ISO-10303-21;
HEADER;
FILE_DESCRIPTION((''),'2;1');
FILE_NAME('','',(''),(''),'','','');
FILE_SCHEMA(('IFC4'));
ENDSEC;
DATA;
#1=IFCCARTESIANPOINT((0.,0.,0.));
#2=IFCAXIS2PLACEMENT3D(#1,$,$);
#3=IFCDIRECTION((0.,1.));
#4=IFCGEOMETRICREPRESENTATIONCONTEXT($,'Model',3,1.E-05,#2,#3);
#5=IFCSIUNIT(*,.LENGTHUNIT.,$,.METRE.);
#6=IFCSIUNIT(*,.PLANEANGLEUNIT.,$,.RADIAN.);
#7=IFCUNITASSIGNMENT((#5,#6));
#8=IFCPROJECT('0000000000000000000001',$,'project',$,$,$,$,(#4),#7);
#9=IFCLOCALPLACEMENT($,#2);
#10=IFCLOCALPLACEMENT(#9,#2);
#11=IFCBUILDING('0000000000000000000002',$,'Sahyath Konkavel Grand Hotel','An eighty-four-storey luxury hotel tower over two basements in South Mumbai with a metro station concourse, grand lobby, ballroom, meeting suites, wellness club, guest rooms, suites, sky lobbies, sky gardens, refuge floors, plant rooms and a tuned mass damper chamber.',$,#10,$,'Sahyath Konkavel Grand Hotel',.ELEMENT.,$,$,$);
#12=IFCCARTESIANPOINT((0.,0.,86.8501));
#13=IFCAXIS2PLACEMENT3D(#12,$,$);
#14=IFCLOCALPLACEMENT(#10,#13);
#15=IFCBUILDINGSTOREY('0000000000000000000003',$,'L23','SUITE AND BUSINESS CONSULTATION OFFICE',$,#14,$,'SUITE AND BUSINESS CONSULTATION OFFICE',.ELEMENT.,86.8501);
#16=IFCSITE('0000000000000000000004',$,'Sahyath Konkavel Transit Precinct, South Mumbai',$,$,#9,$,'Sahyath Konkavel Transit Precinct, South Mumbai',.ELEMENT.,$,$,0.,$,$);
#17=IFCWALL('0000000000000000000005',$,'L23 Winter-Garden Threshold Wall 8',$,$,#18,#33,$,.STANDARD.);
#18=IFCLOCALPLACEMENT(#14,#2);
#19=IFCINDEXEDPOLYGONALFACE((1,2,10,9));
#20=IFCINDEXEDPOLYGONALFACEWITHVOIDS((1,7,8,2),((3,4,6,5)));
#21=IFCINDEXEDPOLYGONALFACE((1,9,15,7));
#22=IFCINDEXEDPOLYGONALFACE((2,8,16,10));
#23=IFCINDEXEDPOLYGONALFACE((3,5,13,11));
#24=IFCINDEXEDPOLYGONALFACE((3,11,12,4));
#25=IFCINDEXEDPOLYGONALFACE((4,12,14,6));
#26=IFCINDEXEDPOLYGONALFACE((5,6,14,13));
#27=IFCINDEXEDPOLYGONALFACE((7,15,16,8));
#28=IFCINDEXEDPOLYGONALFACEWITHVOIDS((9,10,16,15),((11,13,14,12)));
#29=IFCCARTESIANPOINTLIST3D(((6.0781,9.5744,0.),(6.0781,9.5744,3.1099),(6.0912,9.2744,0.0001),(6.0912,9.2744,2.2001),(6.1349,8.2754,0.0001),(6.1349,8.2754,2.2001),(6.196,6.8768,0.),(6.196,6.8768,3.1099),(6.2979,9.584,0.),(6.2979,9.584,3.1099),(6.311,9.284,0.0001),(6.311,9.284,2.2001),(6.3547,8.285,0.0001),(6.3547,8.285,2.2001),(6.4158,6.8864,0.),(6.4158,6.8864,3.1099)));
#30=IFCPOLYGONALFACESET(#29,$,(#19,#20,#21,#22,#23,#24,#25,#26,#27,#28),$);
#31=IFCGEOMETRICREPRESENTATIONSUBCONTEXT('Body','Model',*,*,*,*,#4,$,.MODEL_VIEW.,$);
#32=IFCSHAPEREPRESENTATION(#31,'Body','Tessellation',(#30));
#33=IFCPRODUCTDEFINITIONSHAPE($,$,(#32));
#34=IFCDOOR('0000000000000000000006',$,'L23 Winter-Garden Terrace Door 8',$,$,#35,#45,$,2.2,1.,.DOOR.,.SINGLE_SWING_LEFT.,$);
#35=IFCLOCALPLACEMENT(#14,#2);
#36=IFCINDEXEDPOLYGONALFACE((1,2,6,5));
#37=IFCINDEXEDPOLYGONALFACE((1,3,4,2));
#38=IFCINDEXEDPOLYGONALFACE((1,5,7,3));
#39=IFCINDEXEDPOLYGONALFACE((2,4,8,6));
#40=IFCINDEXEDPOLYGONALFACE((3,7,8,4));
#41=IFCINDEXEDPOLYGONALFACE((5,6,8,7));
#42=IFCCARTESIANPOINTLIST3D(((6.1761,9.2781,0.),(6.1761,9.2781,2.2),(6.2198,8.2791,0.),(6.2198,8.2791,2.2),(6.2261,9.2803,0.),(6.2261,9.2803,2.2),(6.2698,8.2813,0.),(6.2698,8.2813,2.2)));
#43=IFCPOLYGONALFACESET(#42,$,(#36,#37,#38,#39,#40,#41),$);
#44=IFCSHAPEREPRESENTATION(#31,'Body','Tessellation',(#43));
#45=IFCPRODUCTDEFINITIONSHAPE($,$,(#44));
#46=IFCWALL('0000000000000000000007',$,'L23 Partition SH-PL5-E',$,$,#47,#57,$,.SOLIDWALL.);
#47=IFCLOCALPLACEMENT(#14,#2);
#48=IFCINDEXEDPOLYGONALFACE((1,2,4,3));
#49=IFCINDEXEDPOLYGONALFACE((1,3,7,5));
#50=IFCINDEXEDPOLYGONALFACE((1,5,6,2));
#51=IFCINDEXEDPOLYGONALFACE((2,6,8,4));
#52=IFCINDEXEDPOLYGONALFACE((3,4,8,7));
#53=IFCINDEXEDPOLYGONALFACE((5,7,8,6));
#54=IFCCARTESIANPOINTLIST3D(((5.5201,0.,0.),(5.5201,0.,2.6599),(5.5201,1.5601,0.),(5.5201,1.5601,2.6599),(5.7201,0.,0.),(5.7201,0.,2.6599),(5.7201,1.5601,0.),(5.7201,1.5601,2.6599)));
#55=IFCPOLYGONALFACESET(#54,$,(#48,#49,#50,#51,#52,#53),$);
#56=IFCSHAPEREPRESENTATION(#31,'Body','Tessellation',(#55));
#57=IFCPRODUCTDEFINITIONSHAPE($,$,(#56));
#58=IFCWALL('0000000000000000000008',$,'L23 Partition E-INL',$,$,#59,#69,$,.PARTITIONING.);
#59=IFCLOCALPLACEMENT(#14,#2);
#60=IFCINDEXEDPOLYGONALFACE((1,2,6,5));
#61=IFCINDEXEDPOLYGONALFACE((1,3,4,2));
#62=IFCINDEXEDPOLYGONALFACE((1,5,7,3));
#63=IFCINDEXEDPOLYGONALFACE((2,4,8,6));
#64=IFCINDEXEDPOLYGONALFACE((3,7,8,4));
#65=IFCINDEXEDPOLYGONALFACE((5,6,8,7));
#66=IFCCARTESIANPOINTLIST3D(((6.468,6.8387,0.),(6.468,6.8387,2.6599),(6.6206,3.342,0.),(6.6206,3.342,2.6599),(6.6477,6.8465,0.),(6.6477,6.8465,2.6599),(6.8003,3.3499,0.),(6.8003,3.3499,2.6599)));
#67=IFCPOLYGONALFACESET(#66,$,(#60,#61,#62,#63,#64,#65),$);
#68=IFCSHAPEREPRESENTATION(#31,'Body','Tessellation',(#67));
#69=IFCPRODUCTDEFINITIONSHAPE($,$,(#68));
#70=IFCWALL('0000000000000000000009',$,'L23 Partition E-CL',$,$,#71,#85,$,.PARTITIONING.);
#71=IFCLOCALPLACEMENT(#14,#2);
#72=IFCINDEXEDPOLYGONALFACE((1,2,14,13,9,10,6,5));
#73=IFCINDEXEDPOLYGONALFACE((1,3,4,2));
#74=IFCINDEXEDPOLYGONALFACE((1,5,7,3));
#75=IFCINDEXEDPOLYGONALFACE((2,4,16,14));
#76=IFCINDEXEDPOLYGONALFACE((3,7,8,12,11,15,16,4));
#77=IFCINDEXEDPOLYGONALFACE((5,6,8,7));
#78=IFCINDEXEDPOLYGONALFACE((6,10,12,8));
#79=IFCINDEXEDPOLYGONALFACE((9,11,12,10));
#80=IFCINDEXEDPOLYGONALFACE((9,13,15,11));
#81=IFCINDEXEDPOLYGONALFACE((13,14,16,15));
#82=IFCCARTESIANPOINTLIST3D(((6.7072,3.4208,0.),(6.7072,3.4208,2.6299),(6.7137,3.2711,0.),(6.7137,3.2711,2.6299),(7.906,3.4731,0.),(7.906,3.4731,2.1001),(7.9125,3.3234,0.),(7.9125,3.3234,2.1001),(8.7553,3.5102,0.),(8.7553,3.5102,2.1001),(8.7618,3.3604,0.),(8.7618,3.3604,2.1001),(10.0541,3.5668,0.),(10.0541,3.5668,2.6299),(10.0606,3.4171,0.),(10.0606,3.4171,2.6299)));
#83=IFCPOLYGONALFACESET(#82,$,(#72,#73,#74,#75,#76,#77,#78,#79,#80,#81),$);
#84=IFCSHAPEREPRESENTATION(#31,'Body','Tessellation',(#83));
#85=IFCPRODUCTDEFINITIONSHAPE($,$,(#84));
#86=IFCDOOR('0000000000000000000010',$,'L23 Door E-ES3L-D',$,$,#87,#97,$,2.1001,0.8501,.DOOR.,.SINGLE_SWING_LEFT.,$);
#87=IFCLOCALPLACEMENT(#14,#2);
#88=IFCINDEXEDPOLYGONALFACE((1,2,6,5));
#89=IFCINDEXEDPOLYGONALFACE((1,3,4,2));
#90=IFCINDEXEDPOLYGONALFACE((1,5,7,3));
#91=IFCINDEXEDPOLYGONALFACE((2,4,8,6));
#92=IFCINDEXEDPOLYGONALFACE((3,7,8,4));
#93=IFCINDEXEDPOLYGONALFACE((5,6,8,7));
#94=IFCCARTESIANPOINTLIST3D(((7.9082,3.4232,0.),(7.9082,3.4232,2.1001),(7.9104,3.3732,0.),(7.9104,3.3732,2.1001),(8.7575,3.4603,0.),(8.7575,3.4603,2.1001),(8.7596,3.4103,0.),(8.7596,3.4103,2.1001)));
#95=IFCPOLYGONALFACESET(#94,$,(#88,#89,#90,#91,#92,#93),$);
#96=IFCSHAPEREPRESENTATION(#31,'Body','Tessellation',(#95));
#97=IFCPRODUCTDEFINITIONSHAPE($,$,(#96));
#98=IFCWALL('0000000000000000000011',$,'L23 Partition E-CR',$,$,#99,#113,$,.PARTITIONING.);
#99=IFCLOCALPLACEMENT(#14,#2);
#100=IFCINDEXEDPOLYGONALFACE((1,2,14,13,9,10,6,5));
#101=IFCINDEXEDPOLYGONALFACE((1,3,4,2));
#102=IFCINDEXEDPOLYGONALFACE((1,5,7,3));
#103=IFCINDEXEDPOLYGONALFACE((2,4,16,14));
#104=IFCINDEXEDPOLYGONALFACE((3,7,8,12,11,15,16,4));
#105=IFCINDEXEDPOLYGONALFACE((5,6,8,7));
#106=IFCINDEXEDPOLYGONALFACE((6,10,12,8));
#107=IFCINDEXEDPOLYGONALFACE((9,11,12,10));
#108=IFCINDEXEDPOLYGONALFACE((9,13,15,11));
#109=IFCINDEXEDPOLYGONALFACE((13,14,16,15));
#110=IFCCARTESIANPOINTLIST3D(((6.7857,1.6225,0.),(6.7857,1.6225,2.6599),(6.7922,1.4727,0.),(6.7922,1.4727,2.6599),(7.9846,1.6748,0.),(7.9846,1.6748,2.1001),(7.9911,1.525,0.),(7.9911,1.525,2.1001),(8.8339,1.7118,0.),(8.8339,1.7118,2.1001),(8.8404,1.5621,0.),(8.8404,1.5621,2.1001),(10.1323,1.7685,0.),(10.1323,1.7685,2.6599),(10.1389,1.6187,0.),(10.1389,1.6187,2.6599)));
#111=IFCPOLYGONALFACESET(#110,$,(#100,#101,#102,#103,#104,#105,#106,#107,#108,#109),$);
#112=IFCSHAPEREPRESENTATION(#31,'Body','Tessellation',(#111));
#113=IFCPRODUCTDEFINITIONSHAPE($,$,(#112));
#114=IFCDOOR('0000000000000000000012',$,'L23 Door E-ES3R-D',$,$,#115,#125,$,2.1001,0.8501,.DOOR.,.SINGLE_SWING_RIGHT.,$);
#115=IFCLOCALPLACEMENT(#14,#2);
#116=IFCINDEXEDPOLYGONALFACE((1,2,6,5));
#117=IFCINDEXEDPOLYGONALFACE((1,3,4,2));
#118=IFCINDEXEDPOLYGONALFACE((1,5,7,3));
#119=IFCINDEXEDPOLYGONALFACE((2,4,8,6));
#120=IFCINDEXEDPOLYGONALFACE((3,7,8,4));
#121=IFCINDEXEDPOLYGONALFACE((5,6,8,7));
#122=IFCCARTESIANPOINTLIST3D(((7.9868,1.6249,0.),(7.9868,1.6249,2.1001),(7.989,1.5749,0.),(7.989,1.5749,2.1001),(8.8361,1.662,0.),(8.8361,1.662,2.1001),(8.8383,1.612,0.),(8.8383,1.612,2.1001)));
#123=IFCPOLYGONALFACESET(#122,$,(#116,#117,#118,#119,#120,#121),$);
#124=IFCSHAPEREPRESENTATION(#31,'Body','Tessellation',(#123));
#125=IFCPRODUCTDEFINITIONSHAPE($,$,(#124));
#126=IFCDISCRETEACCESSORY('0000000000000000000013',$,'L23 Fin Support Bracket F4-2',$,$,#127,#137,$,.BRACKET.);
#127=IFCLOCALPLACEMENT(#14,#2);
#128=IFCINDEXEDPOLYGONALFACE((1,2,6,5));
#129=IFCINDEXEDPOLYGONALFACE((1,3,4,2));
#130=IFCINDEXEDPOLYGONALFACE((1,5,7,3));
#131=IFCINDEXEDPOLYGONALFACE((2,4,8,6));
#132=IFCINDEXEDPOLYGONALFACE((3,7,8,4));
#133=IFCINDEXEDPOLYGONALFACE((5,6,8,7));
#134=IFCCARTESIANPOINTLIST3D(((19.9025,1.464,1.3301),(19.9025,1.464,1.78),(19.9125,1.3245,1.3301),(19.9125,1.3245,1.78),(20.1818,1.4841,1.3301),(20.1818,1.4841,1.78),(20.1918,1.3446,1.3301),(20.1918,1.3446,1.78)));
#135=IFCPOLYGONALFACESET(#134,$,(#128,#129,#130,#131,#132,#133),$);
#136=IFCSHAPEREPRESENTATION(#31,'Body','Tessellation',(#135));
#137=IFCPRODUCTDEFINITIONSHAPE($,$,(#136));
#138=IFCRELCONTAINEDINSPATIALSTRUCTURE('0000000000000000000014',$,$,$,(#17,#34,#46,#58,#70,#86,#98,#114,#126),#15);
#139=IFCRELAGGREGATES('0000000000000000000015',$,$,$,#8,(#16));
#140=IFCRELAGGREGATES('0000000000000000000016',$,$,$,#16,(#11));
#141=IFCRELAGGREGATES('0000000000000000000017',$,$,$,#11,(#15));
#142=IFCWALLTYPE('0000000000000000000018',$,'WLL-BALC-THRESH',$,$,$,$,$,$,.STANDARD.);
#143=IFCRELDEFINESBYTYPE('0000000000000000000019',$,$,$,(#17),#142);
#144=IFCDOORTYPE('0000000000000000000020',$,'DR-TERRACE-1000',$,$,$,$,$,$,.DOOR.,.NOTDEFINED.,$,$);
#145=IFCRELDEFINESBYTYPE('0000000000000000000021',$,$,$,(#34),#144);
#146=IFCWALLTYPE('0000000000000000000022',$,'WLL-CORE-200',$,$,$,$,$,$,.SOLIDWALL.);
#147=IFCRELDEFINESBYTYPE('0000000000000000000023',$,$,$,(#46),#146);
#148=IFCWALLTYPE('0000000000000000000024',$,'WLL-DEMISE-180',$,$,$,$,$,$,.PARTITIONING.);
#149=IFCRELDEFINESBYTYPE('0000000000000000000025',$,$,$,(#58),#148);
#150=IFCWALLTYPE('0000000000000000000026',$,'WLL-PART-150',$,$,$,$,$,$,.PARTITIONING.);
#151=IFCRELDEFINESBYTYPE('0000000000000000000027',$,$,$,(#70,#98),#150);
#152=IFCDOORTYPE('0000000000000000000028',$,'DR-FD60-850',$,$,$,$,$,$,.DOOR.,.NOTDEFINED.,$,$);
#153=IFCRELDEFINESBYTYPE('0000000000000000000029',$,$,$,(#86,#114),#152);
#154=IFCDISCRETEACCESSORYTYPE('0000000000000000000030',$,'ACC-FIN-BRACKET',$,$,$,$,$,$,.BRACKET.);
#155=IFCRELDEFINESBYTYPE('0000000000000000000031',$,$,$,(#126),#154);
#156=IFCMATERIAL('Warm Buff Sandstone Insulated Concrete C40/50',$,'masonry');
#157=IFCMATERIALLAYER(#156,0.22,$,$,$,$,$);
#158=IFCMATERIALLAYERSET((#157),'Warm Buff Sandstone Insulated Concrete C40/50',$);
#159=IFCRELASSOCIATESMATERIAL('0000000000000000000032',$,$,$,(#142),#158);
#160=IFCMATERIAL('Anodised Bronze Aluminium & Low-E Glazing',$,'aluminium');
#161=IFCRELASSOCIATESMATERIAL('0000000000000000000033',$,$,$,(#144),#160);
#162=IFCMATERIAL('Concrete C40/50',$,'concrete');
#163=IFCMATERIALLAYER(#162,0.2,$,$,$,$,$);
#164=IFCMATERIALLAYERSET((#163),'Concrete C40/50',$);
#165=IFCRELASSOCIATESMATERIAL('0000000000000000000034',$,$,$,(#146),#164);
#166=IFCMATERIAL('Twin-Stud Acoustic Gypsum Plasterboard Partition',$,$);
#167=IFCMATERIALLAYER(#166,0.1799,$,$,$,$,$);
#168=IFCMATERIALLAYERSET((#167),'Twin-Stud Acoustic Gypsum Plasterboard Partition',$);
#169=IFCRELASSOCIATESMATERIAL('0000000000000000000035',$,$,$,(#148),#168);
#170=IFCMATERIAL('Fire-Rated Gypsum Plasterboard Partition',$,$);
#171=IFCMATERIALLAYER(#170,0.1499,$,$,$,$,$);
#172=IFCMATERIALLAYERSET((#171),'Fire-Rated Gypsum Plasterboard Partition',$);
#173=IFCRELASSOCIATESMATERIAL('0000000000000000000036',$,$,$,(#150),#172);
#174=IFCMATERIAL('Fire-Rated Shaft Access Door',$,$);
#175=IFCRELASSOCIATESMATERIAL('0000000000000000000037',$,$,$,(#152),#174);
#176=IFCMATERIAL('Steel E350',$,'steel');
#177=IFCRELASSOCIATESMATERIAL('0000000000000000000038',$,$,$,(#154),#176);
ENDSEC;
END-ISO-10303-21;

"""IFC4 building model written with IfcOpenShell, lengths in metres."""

from ifc_helpers import new_model, si_unit, direction, frame, frame_2d, origin, origin_2d, place, context, subcontext, project, spatial, rectangle, extrude, source, transform, mapped, material, layer, layer_set, type_object, element, fill, save


model = new_model("IFC4")

# Units and contexts
model_context = context("Model", 3, precision=1e-05, world=origin(), true_north=direction((0.0, 1.0)))
body_context = subcontext(model_context, "Body", "Model", "MODEL_VIEW")
ifc_project = project(units=[si_unit("LENGTHUNIT", "METRE"), si_unit("PLANEANGLEUNIT", "RADIAN")], contexts=[model_context])

# Site, building, storey
site_placement = place(None, origin())
site = spatial("IfcSite", under=ifc_project, at=site_placement, Name="Sahyath Konkavel Transit Precinct, South Mumbai", LongName="Sahyath Konkavel Transit Precinct, South Mumbai", CompositionType="ELEMENT", RefElevation=0.0)
building_placement = place(site_placement, origin())
building = spatial("IfcBuilding", under=site, at=building_placement, Name="Sahyath Konkavel Grand Hotel", Description="An eighty-four-storey luxury hotel tower over two basements in South Mumbai with a metro station concourse, grand lobby, ballroom, meeting suites, wellness club, guest rooms, suites, sky lobbies, sky gardens, refuge floors, plant rooms and a tuned mass damper chamber.", LongName="Sahyath Konkavel Grand Hotel", CompositionType="ELEMENT")
storey_placement = place(building_placement, frame((0.0, 0.0, 86.8501)))
storey = spatial("IfcBuildingStorey", under=building, at=storey_placement, Name="L23", Description="SUITE AND BUSINESS CONSULTATION OFFICE", LongName="SUITE AND BUSINESS CONSULTATION OFFICE", CompositionType="ELEMENT", Elevation=86.8501)

# Shared definitions
ifc_material_1 = material(Name="Steel E350", Category="steel")

# Shared definitions
ifc_material_2 = material(Name="Anodised Bronze Aluminium & Low-E Glazing", Category="aluminium")

# Shared definitions
ifc_material_3 = material(Name="Warm Buff Sandstone Insulated Concrete C40/50", Category="masonry")
ifc_layer_1 = layer(ifc_material_3, 0.22)
ifc_layer_set_1 = layer_set([ifc_layer_1], Name="Warm Buff Sandstone Insulated Concrete C40/50")
wall_type_1 = type_object("IfcWallType", Name="WLL-BALC-THRESH", PredefinedType="STANDARD", material=ifc_layer_set_1)

# Wall, opening, door
wall_1_placement = place(storey_placement, frame((6.3059, 6.8816, 0.0), z_axis=(0.0, 0.0, 1.0), x_axis=(-0.043673, 0.999046, 0.0)))
wall_1 = element("IfcWall", 1, at=wall_1_placement, inside=storey, type_object=wall_type_1, Name="L23 Winter-Garden Threshold Wall 8", PredefinedType="STANDARD", context=body_context, shape_type="SweptSolid", body=[
    extrude(rectangle(XDim=2.7002, YDim=0.22, at=frame_2d((1.3501, 0.0))), origin(), (0.0, 0.0, 1.0), 3.1099),
])
opening_1_placement = place(wall_1_placement, frame((1.3999, 0.0, 0.0)))
opening_1 = element("IfcOpeningElement", 2, at=opening_1_placement, cuts=wall_1, PredefinedType="OPENING", context=body_context, shape_type="SweptSolid", body=[
    extrude(rectangle(XDim=1.0, YDim=2.2, at=frame_2d((0.5, 1.1001))), frame((0.0, 0.1201, 0.0), z_axis=(0.0, -1.0, 0.0), x_axis=(1.0, 0.0, 0.0)), (0.0, 0.0, 1.0), 0.24),
])
door_type_1 = type_object("IfcDoorType", Name="DR-TERRACE-1000", OperationType="NOTDEFINED", PredefinedType="DOOR", material=ifc_material_2)
shared_shape_1 = source(origin(), body_context, "Body", "SweptSolid", [
    extrude(rectangle(XDim=1.0, YDim=0.05, at=origin_2d()), origin(), (0.0, 0.0, 1.0), 2.2),
])
door_1_placement = place(opening_1_placement, frame((0.5, 0.0, 0.0)))
door_1 = element("IfcDoor", 3, at=door_1_placement, inside=storey, type_object=door_type_1, Name="L23 Winter-Garden Terrace Door 8", OperationType="SINGLE_SWING_LEFT", OverallHeight=2.2, OverallWidth=1.0, PredefinedType="DOOR", context=body_context, shape_type="MappedRepresentation", body=[
    mapped(shared_shape_1, transform((0.0, 0.0, 0.0), scale=1.0)),
])
fill(opening_1, door_1)

# Walls
ifc_material_4 = material(Name="Concrete C40/50", Category="concrete")
ifc_layer_2 = layer(ifc_material_4, 0.2)
ifc_layer_set_2 = layer_set([ifc_layer_2], Name="Concrete C40/50")
wall_type_2 = type_object("IfcWallType", Name="WLL-CORE-200", PredefinedType="SOLIDWALL", material=ifc_layer_set_2)
wall_2_placement = place(storey_placement, frame((5.6201, 0.0, 0.0), z_axis=(0.0, 0.0, 1.0), x_axis=(0.0, 1.0, 0.0)))
element("IfcWall", 4, at=wall_2_placement, inside=storey, type_object=wall_type_2, Name="L23 Partition SH-PL5-E", PredefinedType="SOLIDWALL", context=body_context, shape_type="SweptSolid", body=[
    extrude(rectangle(XDim=1.5601, YDim=0.2, at=frame_2d((0.78, 0.0))), origin(), (0.0, 0.0, 1.0), 2.6599),
])
ifc_material_5 = material(Name="Twin-Stud Acoustic Gypsum Plasterboard Partition")
ifc_layer_3 = layer(ifc_material_5, 0.1799)
ifc_layer_set_3 = layer_set([ifc_layer_3], Name="Twin-Stud Acoustic Gypsum Plasterboard Partition")
wall_type_3 = type_object("IfcWallType", Name="WLL-DEMISE-180", PredefinedType="PARTITIONING", material=ifc_layer_set_3)
wall_3_placement = place(storey_placement, frame((6.7104, 3.3459, 0.0), z_axis=(0.0, 0.0, 1.0), x_axis=(-0.043598, 0.999049, 0.0)))
element("IfcWall", 5, at=wall_3_placement, inside=storey, type_object=wall_type_3, Name="L23 Partition E-INL", PredefinedType="PARTITIONING", context=body_context, shape_type="SweptSolid", body=[
    extrude(rectangle(XDim=3.5, YDim=0.1799, at=frame_2d((1.75, 0.0))), origin(), (0.0, 0.0, 1.0), 2.6599),
])

# Walls, openings, doors
ifc_material_6 = material(Name="Fire-Rated Gypsum Plasterboard Partition")
ifc_layer_4 = layer(ifc_material_6, 0.1499)
ifc_layer_set_4 = layer_set([ifc_layer_4], Name="Fire-Rated Gypsum Plasterboard Partition")
wall_type_4 = type_object("IfcWallType", Name="WLL-PART-150", PredefinedType="PARTITIONING", material=ifc_layer_set_4)
wall_4_placement = place(storey_placement, frame((6.7104, 3.3459, 0.0), z_axis=(0.0, 0.0, 1.0), x_axis=(0.99905, 0.04358, 0.0)))
wall_4 = element("IfcWall", 6, at=wall_4_placement, inside=storey, type_object=wall_type_4, Name="L23 Partition E-CL", PredefinedType="PARTITIONING", context=body_context, shape_type="SweptSolid", body=[
    extrude(rectangle(XDim=3.3501, YDim=0.1499, at=frame_2d((1.675, 0.0))), origin(), (0.0, 0.0, 1.0), 2.6299),
])
opening_2_placement = place(wall_4_placement, frame((1.2, 0.0, 0.0)))
opening_2 = element("IfcOpeningElement", 7, at=opening_2_placement, cuts=wall_4, PredefinedType="OPENING", context=body_context, shape_type="SweptSolid", body=[
    extrude(rectangle(XDim=0.8501, YDim=2.1001, at=frame_2d((0.425, 1.05))), frame((0.0, 0.085, 0.0), z_axis=(0.0, -1.0, 0.0), x_axis=(1.0, 0.0, 0.0)), (0.0, 0.0, 1.0), 0.1699),
])
ifc_material_7 = material(Name="Fire-Rated Shaft Access Door")
door_type_2 = type_object("IfcDoorType", Name="DR-FD60-850", OperationType="NOTDEFINED", PredefinedType="DOOR", material=ifc_material_7)
shared_shape_2 = source(origin(), body_context, "Body", "SweptSolid", [
    extrude(rectangle(XDim=0.8501, YDim=0.05, at=origin_2d()), origin(), (0.0, 0.0, 1.0), 2.1001),
])
door_2_placement = place(opening_2_placement, frame((0.425, 0.0, 0.0)))
door_2 = element("IfcDoor", 8, at=door_2_placement, inside=storey, type_object=door_type_2, Name="L23 Door E-ES3L-D", OperationType="SINGLE_SWING_LEFT", OverallHeight=2.1001, OverallWidth=0.8501, PredefinedType="DOOR", context=body_context, shape_type="MappedRepresentation", body=[
    mapped(shared_shape_2, transform((0.0, 0.0, 0.0), scale=1.0)),
])
fill(opening_2, door_2)
wall_5_placement = place(storey_placement, frame((6.7891, 1.5476, 0.0), z_axis=(0.0, 0.0, 1.0), x_axis=(0.99905, 0.043583, 0.0)))
wall_5 = element("IfcWall", 9, at=wall_5_placement, inside=storey, type_object=wall_type_4, Name="L23 Partition E-CR", PredefinedType="PARTITIONING", context=body_context, shape_type="SweptSolid", body=[
    extrude(rectangle(XDim=3.3499, YDim=0.1499, at=frame_2d((1.6748, 0.0))), origin(), (0.0, 0.0, 1.0), 2.6599),
])
opening_3_placement = place(wall_5_placement, frame((1.2, 0.0, 0.0)))
opening_3 = element("IfcOpeningElement", 10, at=opening_3_placement, cuts=wall_5, PredefinedType="OPENING", context=body_context, shape_type="SweptSolid", body=[
    extrude(rectangle(XDim=0.8501, YDim=2.1001, at=frame_2d((0.425, 1.05))), frame((0.0, 0.085, 0.0), z_axis=(0.0, -1.0, 0.0), x_axis=(1.0, 0.0, 0.0)), (0.0, 0.0, 1.0), 0.1699),
])
door_3_placement = place(opening_3_placement, frame((0.425, 0.0, 0.0)))
door_3 = element("IfcDoor", 11, at=door_3_placement, inside=storey, type_object=door_type_2, Name="L23 Door E-ES3R-D", OperationType="SINGLE_SWING_RIGHT", OverallHeight=2.1001, OverallWidth=0.8501, PredefinedType="DOOR", context=body_context, shape_type="MappedRepresentation", body=[
    mapped(shared_shape_2, transform((0.0, 0.0, 0.0), scale=1.0)),
])
fill(opening_3, door_3)

# Discrete accessory
discrete_accessory_type = type_object("IfcDiscreteAccessoryType", Name="ACC-FIN-BRACKET", PredefinedType="BRACKET", material=ifc_material_1)
shared_shape_3 = source(origin(), body_context, "Body", "SweptSolid", [
    extrude(rectangle(XDim=0.28, YDim=0.1399, at=origin_2d()), origin(), (0.0, 0.0, 1.0), 0.45),
])
discrete_accessory_placement = place(storey_placement, frame((20.0471, 1.4043, 1.3301), z_axis=(0.0, 0.0, 1.0), x_axis=(0.997436, 0.071567, 0.0)))
element("IfcDiscreteAccessory", 12, at=discrete_accessory_placement, inside=storey, type_object=discrete_accessory_type, Name="L23 Fin Support Bracket F4-2", PredefinedType="BRACKET", context=body_context, shape_type="MappedRepresentation", body=[
    mapped(shared_shape_3, transform((0.0, 0.0, 0.0), scale=1.0)),
])

save(model, "model.ifc")
